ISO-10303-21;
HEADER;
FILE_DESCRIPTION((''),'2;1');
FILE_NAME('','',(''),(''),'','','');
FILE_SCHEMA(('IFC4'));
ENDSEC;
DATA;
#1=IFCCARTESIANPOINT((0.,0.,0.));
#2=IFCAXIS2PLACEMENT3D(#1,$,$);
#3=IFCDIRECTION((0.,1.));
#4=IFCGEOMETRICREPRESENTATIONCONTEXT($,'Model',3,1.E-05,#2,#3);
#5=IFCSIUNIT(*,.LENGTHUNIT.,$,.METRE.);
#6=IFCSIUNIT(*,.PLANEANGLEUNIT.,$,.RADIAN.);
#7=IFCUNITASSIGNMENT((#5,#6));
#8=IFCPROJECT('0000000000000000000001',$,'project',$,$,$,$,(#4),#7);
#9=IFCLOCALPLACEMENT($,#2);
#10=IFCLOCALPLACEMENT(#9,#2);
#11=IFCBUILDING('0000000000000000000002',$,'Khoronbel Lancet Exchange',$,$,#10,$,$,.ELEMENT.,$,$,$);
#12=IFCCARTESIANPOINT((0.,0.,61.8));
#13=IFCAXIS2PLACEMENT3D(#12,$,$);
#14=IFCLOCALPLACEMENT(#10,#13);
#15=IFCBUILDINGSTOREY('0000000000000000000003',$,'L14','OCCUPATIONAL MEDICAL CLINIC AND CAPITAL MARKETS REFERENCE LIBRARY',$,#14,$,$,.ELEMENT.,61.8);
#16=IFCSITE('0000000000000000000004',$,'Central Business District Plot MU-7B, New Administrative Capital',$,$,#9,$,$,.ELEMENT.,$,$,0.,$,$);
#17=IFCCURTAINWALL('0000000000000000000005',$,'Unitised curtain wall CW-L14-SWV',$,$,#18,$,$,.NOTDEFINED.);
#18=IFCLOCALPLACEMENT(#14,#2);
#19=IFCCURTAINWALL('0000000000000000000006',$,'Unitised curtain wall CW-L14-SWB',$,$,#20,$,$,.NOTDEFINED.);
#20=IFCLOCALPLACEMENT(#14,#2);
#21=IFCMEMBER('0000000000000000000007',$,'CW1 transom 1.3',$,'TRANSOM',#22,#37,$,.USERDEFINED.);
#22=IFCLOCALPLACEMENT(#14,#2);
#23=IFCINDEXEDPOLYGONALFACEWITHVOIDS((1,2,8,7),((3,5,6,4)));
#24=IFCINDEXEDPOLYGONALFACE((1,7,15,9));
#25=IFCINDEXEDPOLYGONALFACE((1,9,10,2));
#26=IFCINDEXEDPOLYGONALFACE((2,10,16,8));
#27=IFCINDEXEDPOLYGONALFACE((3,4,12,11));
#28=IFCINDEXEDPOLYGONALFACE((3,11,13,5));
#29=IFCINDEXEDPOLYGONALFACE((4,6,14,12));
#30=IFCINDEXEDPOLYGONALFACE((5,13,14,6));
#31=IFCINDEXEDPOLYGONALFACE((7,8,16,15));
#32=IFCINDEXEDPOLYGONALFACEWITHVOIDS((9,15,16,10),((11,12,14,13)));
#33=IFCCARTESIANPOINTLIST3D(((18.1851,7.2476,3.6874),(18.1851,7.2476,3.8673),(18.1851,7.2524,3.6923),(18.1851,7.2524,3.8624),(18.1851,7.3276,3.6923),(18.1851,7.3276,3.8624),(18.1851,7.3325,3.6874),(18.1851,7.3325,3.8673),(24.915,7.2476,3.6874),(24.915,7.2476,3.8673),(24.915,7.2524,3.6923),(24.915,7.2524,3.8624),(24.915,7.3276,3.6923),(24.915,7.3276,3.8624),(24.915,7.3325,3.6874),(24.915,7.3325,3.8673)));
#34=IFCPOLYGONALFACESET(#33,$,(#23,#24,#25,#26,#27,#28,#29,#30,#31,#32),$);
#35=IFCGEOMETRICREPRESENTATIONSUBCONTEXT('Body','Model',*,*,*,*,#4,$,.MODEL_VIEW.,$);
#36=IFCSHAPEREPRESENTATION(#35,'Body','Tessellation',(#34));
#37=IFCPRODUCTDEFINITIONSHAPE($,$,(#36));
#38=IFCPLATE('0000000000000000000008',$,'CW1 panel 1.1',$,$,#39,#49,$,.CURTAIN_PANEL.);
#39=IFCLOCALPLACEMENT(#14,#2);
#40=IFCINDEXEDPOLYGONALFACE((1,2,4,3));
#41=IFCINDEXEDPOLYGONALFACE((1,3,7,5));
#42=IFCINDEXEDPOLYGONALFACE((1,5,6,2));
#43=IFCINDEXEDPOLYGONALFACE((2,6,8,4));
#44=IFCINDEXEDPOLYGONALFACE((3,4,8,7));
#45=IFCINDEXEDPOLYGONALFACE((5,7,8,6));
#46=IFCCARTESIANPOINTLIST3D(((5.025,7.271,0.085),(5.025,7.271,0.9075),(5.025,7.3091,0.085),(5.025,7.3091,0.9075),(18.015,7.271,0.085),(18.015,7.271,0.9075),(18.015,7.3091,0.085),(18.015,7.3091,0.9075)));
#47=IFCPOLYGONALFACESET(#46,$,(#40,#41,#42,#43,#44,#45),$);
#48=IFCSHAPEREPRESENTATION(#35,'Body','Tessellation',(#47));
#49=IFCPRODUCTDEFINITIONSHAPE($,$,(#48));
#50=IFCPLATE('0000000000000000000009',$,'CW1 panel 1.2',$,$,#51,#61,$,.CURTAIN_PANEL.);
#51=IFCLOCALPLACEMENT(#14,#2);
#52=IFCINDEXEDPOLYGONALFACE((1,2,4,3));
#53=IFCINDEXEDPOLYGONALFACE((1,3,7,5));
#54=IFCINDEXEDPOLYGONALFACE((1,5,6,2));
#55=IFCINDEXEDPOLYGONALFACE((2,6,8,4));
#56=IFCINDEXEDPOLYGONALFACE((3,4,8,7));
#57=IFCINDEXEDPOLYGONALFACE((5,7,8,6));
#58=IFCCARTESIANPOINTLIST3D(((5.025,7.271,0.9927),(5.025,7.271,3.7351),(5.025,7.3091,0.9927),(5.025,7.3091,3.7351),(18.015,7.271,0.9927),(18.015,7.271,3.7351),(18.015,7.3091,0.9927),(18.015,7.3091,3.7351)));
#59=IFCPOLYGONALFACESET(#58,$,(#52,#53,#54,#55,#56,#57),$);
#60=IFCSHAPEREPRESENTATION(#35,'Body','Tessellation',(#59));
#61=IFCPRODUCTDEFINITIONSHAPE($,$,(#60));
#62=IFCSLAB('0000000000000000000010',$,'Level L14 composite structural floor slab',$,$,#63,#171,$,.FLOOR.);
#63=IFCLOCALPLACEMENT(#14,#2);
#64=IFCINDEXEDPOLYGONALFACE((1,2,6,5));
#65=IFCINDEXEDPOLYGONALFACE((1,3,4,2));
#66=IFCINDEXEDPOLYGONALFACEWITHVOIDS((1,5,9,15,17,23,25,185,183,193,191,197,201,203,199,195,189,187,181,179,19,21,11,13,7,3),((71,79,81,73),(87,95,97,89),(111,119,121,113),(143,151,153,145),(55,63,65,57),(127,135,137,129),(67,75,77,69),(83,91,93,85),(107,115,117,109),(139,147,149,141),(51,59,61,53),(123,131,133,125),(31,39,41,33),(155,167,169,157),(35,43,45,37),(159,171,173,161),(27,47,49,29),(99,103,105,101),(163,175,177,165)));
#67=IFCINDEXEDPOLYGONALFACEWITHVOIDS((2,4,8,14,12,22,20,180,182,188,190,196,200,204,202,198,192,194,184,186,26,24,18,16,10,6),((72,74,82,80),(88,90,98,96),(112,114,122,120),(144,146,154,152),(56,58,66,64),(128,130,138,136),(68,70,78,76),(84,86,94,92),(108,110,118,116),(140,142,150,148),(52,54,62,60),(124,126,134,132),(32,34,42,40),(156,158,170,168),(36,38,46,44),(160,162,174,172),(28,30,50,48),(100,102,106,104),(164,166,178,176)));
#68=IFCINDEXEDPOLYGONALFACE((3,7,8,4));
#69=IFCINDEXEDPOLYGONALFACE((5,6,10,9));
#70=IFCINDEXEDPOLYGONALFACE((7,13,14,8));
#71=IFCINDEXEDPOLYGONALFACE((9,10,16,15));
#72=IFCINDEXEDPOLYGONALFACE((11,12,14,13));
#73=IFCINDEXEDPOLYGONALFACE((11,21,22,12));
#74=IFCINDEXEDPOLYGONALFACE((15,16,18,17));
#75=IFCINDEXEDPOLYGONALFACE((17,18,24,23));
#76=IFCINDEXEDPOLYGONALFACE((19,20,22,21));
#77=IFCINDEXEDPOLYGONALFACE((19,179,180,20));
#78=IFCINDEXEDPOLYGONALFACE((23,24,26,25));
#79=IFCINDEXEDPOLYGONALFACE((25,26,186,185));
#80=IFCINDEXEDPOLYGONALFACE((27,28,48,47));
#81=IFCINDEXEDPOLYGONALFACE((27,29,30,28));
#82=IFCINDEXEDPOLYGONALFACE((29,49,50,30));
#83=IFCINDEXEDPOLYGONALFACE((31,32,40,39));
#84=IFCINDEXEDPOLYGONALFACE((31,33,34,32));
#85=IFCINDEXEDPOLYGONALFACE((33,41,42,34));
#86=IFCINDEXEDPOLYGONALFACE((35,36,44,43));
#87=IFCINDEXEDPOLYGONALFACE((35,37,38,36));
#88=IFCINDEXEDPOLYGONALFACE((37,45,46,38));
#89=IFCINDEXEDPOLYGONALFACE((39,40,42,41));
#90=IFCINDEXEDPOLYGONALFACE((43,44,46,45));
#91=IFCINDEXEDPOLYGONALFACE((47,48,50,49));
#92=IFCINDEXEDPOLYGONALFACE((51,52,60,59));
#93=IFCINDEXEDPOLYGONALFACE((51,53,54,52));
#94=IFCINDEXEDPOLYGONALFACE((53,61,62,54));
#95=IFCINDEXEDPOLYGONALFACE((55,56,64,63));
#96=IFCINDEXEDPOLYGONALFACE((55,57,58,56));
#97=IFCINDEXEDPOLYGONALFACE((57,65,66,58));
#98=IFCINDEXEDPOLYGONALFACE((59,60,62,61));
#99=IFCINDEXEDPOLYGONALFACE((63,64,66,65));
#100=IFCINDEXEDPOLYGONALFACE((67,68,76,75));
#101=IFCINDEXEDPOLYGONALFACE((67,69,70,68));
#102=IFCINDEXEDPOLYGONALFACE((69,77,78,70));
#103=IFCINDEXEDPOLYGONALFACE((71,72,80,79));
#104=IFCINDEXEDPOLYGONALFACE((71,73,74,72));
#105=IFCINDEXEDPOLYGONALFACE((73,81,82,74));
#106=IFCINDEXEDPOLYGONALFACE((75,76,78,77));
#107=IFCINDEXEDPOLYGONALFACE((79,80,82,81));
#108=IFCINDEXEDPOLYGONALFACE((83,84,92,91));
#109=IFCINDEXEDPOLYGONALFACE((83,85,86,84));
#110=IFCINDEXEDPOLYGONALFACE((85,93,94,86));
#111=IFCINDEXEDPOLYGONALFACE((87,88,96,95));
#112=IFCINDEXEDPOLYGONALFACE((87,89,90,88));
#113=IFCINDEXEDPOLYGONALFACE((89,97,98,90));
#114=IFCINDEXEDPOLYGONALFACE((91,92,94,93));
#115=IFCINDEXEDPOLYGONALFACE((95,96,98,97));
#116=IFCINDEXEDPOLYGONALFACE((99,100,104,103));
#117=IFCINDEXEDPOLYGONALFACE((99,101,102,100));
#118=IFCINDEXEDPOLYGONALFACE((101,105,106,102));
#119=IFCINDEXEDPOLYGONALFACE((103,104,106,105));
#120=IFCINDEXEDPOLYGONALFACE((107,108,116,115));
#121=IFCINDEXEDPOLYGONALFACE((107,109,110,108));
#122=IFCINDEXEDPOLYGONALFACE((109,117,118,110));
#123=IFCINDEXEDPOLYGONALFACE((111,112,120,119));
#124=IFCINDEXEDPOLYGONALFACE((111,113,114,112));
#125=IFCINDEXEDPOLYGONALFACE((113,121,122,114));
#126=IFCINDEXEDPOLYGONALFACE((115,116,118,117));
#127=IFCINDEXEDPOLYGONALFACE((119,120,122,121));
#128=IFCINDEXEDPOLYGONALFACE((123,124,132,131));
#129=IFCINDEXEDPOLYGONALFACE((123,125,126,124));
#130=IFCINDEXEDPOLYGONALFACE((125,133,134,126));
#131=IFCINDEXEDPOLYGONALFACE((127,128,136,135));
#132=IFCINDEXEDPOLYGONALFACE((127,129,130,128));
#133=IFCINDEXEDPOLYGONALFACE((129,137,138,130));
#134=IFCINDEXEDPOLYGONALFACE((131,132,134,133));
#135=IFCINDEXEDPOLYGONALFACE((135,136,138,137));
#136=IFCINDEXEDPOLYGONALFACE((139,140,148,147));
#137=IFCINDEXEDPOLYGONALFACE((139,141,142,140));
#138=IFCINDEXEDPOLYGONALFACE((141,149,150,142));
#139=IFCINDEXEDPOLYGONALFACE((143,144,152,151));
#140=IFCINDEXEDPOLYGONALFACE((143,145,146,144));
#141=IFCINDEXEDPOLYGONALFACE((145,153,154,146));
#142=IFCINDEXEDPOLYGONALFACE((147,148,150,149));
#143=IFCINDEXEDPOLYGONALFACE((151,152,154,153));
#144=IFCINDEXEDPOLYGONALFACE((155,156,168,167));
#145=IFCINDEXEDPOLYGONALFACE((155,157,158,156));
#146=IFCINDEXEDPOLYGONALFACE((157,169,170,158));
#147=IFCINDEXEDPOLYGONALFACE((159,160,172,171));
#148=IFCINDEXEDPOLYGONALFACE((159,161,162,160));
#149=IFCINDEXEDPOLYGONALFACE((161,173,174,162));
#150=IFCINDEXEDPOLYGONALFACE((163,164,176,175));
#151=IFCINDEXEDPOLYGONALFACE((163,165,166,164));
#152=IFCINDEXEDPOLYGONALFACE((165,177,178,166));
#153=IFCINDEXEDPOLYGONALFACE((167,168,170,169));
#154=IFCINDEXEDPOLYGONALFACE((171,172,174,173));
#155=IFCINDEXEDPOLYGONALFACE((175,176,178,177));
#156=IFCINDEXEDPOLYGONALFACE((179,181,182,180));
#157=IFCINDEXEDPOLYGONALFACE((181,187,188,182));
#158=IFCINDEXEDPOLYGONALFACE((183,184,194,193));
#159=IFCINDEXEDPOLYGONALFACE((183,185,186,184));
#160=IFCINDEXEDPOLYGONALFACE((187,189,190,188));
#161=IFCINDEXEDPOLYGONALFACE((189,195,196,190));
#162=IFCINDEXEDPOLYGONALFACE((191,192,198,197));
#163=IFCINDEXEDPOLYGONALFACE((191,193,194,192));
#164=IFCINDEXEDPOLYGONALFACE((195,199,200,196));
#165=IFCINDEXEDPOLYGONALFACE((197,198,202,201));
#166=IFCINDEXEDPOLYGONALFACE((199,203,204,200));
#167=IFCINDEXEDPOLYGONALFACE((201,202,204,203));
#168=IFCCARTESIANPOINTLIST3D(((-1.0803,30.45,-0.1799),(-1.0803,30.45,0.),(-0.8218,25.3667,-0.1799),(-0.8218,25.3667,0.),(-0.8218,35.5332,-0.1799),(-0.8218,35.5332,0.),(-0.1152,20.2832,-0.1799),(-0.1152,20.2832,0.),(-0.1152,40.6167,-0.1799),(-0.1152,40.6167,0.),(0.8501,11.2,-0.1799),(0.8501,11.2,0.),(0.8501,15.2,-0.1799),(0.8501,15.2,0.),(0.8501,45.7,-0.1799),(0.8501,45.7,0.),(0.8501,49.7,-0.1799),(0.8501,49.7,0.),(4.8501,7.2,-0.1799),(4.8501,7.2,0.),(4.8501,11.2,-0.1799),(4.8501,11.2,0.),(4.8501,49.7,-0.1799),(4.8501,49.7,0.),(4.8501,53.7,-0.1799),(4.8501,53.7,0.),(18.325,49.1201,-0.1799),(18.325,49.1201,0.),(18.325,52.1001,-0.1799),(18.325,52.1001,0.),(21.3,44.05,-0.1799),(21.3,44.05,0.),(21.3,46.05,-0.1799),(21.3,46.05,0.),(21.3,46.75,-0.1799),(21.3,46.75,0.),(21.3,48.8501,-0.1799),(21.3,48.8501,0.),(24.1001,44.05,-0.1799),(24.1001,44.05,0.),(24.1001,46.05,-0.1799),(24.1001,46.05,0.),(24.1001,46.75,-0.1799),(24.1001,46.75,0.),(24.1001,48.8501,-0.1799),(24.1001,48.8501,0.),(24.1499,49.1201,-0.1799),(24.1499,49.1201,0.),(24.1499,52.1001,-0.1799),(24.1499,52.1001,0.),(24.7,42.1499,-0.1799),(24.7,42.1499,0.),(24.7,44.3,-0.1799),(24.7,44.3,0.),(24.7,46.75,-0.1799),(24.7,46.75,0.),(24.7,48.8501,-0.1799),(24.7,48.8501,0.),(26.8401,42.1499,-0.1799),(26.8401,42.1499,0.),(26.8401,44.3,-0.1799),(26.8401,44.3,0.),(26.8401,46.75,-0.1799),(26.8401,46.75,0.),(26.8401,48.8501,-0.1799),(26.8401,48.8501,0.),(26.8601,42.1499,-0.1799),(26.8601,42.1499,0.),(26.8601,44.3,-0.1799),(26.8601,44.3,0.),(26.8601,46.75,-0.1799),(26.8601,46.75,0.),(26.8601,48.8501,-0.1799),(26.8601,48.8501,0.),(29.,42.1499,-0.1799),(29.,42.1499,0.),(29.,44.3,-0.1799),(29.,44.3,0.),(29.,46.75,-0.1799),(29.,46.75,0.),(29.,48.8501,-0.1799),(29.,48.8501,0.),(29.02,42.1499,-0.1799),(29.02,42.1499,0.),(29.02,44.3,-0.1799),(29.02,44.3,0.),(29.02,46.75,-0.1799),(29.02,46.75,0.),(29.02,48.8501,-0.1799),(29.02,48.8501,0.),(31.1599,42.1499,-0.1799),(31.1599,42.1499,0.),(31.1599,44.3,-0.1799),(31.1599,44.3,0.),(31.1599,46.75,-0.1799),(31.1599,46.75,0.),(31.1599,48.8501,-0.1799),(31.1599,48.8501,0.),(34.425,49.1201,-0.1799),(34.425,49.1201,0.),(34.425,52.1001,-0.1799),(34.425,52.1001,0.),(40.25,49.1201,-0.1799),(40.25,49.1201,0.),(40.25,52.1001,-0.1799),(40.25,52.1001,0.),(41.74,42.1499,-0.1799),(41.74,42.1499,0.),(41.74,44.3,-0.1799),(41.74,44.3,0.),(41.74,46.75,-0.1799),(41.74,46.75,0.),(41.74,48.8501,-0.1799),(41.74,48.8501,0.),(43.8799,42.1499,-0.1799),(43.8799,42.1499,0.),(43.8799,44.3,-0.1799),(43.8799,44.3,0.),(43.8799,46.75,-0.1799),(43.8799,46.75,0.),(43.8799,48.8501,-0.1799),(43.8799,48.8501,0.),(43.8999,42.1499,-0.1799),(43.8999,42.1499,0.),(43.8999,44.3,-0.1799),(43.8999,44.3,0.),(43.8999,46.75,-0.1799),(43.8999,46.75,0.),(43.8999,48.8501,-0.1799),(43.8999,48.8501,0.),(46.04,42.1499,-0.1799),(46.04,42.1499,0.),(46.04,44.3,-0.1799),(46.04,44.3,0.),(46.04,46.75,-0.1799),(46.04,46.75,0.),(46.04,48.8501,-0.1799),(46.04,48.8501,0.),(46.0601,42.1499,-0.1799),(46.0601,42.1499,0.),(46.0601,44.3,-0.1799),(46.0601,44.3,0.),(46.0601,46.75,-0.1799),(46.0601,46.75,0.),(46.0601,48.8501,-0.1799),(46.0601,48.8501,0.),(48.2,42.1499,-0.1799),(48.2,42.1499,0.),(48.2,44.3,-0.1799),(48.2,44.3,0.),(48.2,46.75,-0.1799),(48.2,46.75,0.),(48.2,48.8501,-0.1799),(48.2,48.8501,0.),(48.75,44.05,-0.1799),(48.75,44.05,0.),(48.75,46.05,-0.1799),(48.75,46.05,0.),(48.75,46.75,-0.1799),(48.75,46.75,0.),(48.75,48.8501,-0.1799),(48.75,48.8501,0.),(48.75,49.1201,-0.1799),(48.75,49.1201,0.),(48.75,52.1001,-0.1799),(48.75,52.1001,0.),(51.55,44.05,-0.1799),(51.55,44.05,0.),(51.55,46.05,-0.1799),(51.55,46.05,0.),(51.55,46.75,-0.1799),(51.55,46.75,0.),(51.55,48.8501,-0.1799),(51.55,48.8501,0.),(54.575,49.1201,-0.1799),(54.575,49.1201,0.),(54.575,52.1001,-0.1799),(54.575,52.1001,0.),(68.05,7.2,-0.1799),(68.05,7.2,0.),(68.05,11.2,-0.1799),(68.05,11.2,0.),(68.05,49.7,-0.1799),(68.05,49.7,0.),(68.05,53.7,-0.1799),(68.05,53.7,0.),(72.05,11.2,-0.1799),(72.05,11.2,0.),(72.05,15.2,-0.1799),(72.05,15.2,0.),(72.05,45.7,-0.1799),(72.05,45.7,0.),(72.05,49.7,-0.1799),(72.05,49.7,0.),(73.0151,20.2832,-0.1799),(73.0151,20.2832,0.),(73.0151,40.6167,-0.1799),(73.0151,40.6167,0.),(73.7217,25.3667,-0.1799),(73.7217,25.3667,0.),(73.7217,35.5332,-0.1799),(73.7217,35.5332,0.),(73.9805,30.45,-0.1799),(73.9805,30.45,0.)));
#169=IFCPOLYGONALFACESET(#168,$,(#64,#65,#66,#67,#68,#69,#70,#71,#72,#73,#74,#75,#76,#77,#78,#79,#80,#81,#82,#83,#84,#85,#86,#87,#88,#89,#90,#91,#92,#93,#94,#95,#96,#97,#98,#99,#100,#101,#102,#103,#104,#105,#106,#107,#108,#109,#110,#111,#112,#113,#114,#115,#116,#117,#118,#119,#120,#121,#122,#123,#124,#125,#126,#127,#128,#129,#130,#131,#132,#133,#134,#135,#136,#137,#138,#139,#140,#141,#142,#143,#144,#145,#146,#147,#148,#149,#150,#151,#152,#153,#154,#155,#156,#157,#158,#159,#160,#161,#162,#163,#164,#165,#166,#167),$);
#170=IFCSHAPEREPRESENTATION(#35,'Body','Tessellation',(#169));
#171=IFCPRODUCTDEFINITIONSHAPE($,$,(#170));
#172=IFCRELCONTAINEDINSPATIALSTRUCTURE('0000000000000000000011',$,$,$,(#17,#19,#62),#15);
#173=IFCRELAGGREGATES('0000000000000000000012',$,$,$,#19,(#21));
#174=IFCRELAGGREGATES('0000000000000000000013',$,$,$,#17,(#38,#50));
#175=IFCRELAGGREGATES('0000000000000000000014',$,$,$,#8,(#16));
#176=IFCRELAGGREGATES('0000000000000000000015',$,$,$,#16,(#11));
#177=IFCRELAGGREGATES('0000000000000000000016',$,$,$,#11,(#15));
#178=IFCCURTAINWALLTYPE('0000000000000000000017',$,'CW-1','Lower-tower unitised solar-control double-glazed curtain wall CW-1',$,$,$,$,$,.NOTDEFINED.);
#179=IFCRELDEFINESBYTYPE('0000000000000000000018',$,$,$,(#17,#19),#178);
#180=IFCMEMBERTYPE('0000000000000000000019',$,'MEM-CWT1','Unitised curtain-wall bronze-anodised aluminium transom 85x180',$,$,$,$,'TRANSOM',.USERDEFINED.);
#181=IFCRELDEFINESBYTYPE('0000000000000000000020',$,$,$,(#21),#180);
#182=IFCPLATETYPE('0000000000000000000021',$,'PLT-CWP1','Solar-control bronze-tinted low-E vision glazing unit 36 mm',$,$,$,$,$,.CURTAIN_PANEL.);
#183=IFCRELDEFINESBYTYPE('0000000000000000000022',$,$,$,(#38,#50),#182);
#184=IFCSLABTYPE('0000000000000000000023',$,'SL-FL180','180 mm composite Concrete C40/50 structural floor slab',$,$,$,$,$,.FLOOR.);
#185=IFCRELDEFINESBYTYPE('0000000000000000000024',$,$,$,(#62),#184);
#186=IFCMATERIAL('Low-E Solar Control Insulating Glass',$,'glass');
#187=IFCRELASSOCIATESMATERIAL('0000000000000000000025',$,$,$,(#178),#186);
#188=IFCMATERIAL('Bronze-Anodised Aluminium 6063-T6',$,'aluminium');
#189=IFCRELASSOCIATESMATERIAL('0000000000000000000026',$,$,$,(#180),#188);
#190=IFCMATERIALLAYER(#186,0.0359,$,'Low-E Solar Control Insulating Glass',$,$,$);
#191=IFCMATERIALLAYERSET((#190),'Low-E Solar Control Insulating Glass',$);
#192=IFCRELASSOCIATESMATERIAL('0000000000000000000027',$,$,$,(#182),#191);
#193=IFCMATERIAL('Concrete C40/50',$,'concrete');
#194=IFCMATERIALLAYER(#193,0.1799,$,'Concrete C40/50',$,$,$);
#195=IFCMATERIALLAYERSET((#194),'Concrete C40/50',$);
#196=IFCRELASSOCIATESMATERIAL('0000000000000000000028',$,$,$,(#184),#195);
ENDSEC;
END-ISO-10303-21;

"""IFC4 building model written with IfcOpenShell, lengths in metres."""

from ifc_helpers import new_model, si_unit, direction, frame, origin, origin_2d, place, context, subcontext, project, spatial, polyline, rectangle, hollow_rectangle, outline, extrude, material, layer, layer_set, material_profile, profile_set, type_object, element, aggregate, save


model = new_model("IFC4")

# Units and contexts
model_context = context("Model", 3, precision=1e-05, world=origin(), true_north=direction((0.0, 1.0)))
body_context = subcontext(model_context, "Body", "Model", "MODEL_VIEW")
ifc_project = project(units=[si_unit("LENGTHUNIT", "METRE"), si_unit("PLANEANGLEUNIT", "RADIAN")], contexts=[model_context])

# Site, building, storey
site_placement = place(None, origin())
site = spatial("IfcSite", under=ifc_project, at=site_placement, Name="Central Business District Plot MU-7B, New Administrative Capital", CompositionType="ELEMENT", RefElevation=0.0)
building_placement = place(site_placement, origin())
building = spatial("IfcBuilding", under=site, at=building_placement, Name="Khoronbel Lancet Exchange", CompositionType="ELEMENT")
storey_placement = place(building_placement, frame((0.0, 0.0, 61.8)))
storey = spatial("IfcBuildingStorey", under=building, at=storey_placement, Name="L14", Description="OCCUPATIONAL MEDICAL CLINIC AND CAPITAL MARKETS REFERENCE LIBRARY", CompositionType="ELEMENT", Elevation=61.8)

# Curtain wall
ifc_material_1 = material(Name="Low-E Solar Control Insulating Glass", Category="glass")
curtain_wall_type = type_object("IfcCurtainWallType", Name="CW-1", Description="Lower-tower unitised solar-control double-glazed curtain wall CW-1", PredefinedType="NOTDEFINED", material=ifc_material_1)
curtain_wall_1_placement = place(storey_placement, origin())
curtain_wall_1 = element("IfcCurtainWall", 1, at=curtain_wall_1_placement, inside=storey, type_object=curtain_wall_type, Name="Unitised curtain wall CW-L14-SWV", PredefinedType="NOTDEFINED")
ifc_material_2 = material(Name="Bronze-Anodised Aluminium 6063-T6", Category="aluminium")

# Curtain wall
curtain_wall_2_placement = place(storey_placement, origin())
curtain_wall_2 = element("IfcCurtainWall", 2, at=curtain_wall_2_placement, inside=storey, type_object=curtain_wall_type, Name="Unitised curtain wall CW-L14-SWB", PredefinedType="NOTDEFINED")

# Member
ifc_material_profile_1 = material_profile(ifc_material_2, hollow_rectangle(XDim=0.085, YDim=0.1799, WallThickness=0.0049, at=origin_2d()), Name="ALU TRANSOM 85x180")
ifc_profile_set_1 = profile_set([ifc_material_profile_1], Name="Bronze-Anodised Aluminium 6063-T6")
member_type_1 = type_object("IfcMemberType", Name="MEM-CWT1", Description="Unitised curtain-wall bronze-anodised aluminium transom 85x180", ElementType="TRANSOM", PredefinedType="USERDEFINED", material=ifc_profile_set_1)
member_1_placement = place(storey_placement, frame((18.1851, 7.29, 3.7773), z_axis=(1.0, 0.0, 0.0), x_axis=(0.0, 1.0, 0.0)))
member_1 = element("IfcMember", 3, at=member_1_placement, type_object=member_type_1, Name="CW1 transom 1.3", ObjectType="TRANSOM", PredefinedType="USERDEFINED", context=body_context, shape_type="SweptSolid", body=[
    extrude(hollow_rectangle(XDim=0.085, YDim=0.1799, WallThickness=0.0049, at=origin_2d()), origin(), (0.0, 0.0, 1.0), 6.73),
])
aggregate(curtain_wall_2, [member_1])

# Plates
ifc_layer_1 = layer(ifc_material_1, 0.0359, Name="Low-E Solar Control Insulating Glass")
ifc_layer_set_1 = layer_set([ifc_layer_1], Name="Low-E Solar Control Insulating Glass")
plate_type = type_object("IfcPlateType", Name="PLT-CWP1", Description="Solar-control bronze-tinted low-E vision glazing unit 36 mm", PredefinedType="CURTAIN_PANEL", material=ifc_layer_set_1)
plate_1_placement = place(storey_placement, frame((11.52, 7.29, 0.085), z_axis=(0.0, 0.0, 1.0), x_axis=(1.0, 0.0, 0.0)))
plate_1 = element("IfcPlate", 4, at=plate_1_placement, type_object=plate_type, Name="CW1 panel 1.1", PredefinedType="CURTAIN_PANEL", context=body_context, shape_type="SweptSolid", body=[
    extrude(rectangle(XDim=12.99, YDim=0.0381, at=origin_2d()), origin(), (0.0, 0.0, 1.0), 0.8225),
])
plate_2_placement = place(storey_placement, frame((11.52, 7.29, 0.9927), z_axis=(0.0, 0.0, 1.0), x_axis=(1.0, 0.0, 0.0)))
plate_2 = element("IfcPlate", 5, at=plate_2_placement, type_object=plate_type, Name="CW1 panel 1.2", PredefinedType="CURTAIN_PANEL", context=body_context, shape_type="SweptSolid", body=[
    extrude(rectangle(XDim=12.99, YDim=0.0381, at=origin_2d()), origin(), (0.0, 0.0, 1.0), 2.7424),
])
aggregate(curtain_wall_1, [plate_1, plate_2])

# Slab
ifc_material_3 = material(Name="Concrete C40/50", Category="concrete")
ifc_layer_2 = layer(ifc_material_3, 0.1799, Name="Concrete C40/50")
ifc_layer_set_2 = layer_set([ifc_layer_2], Name="Concrete C40/50")
slab_type_1 = type_object("IfcSlabType", Name="SL-FL180", Description="180 mm composite Concrete C40/50 structural floor slab", PredefinedType="FLOOR", material=ifc_layer_set_2)
slab_1_placement = place(storey_placement, frame((0.0, 0.0, -0.1799)))
element("IfcSlab", 6, at=slab_1_placement, inside=storey, type_object=slab_type_1, Name="Level L14 composite structural floor slab", PredefinedType="FLOOR", context=body_context, shape_type="SweptSolid", body=[
    extrude(outline(polyline([(4.8501, 7.2), (68.05, 7.2), (68.05, 11.2), (72.05, 11.2), (72.05, 15.2), (73.0151, 20.2832), (73.7217, 25.3667), (73.9805, 30.45), (73.7217, 35.5332), (73.0151, 40.6167), (72.05, 45.7), (72.05, 49.7), (68.05, 49.7), (68.05, 53.7), (4.8501, 53.7), (4.8501, 49.7), (0.8501, 49.7), (0.8501, 45.7), (-0.1152, 40.6167), (-0.8218, 35.5332), (-1.0803, 30.45), (-0.8218, 25.3667), (-0.1152, 20.2832), (0.8501, 15.2), (0.8501, 11.2), (4.8501, 11.2), (4.8501, 7.2)]), holes=[polyline([(18.325, 49.1201), (24.1499, 49.1201), (24.1499, 52.1001), (18.325, 52.1001), (18.325, 49.1201)]), polyline([(48.75, 49.1201), (54.575, 49.1201), (54.575, 52.1001), (48.75, 52.1001), (48.75, 49.1201)]), polyline([(34.425, 49.1201), (40.25, 49.1201), (40.25, 52.1001), (34.425, 52.1001), (34.425, 49.1201)]), polyline([(24.7, 46.75), (26.8401, 46.75), (26.8401, 48.8501), (24.7, 48.8501), (24.7, 46.75)]), polyline([(26.8601, 46.75), (29.0, 46.75), (29.0, 48.8501), (26.8601, 48.8501), (26.8601, 46.75)]), polyline([(29.02, 46.75), (31.1599, 46.75), (31.1599, 48.8501), (29.02, 48.8501), (29.02, 46.75)]), polyline([(24.7, 42.1499), (26.8401, 42.1499), (26.8401, 44.3), (24.7, 44.3), (24.7, 42.1499)]), polyline([(26.8601, 42.1499), (29.0, 42.1499), (29.0, 44.3), (26.8601, 44.3), (26.8601, 42.1499)]), polyline([(29.02, 42.1499), (31.1599, 42.1499), (31.1599, 44.3), (29.02, 44.3), (29.02, 42.1499)]), polyline([(41.74, 46.75), (43.8799, 46.75), (43.8799, 48.8501), (41.74, 48.8501), (41.74, 46.75)]), polyline([(43.8999, 46.75), (46.04, 46.75), (46.04, 48.8501), (43.8999, 48.8501), (43.8999, 46.75)]), polyline([(46.0601, 46.75), (48.2, 46.75), (48.2, 48.8501), (46.0601, 48.8501), (46.0601, 46.75)]), polyline([(41.74, 42.1499), (43.8799, 42.1499), (43.8799, 44.3), (41.74, 44.3), (41.74, 42.1499)]), polyline([(43.8999, 42.1499), (46.04, 42.1499), (46.04, 44.3), (43.8999, 44.3), (43.8999, 42.1499)]), polyline([(46.0601, 42.1499), (48.2, 42.1499), (48.2, 44.3), (46.0601, 44.3), (46.0601, 42.1499)]), polyline([(21.3, 46.75), (24.1001, 46.75), (24.1001, 48.8501), (21.3, 48.8501), (21.3, 46.75)]), polyline([(48.75, 46.75), (51.55, 46.75), (51.55, 48.8501), (48.75, 48.8501), (48.75, 46.75)]), polyline([(21.3, 44.05), (24.1001, 44.05), (24.1001, 46.05), (21.3, 46.05), (21.3, 44.05)]), polyline([(48.75, 44.05), (51.55, 44.05), (51.55, 46.05), (48.75, 46.05), (48.75, 44.05)])]), origin(), (0.0, 0.0, 1.0), 0.1799),
])

save(model, "model.ifc")
